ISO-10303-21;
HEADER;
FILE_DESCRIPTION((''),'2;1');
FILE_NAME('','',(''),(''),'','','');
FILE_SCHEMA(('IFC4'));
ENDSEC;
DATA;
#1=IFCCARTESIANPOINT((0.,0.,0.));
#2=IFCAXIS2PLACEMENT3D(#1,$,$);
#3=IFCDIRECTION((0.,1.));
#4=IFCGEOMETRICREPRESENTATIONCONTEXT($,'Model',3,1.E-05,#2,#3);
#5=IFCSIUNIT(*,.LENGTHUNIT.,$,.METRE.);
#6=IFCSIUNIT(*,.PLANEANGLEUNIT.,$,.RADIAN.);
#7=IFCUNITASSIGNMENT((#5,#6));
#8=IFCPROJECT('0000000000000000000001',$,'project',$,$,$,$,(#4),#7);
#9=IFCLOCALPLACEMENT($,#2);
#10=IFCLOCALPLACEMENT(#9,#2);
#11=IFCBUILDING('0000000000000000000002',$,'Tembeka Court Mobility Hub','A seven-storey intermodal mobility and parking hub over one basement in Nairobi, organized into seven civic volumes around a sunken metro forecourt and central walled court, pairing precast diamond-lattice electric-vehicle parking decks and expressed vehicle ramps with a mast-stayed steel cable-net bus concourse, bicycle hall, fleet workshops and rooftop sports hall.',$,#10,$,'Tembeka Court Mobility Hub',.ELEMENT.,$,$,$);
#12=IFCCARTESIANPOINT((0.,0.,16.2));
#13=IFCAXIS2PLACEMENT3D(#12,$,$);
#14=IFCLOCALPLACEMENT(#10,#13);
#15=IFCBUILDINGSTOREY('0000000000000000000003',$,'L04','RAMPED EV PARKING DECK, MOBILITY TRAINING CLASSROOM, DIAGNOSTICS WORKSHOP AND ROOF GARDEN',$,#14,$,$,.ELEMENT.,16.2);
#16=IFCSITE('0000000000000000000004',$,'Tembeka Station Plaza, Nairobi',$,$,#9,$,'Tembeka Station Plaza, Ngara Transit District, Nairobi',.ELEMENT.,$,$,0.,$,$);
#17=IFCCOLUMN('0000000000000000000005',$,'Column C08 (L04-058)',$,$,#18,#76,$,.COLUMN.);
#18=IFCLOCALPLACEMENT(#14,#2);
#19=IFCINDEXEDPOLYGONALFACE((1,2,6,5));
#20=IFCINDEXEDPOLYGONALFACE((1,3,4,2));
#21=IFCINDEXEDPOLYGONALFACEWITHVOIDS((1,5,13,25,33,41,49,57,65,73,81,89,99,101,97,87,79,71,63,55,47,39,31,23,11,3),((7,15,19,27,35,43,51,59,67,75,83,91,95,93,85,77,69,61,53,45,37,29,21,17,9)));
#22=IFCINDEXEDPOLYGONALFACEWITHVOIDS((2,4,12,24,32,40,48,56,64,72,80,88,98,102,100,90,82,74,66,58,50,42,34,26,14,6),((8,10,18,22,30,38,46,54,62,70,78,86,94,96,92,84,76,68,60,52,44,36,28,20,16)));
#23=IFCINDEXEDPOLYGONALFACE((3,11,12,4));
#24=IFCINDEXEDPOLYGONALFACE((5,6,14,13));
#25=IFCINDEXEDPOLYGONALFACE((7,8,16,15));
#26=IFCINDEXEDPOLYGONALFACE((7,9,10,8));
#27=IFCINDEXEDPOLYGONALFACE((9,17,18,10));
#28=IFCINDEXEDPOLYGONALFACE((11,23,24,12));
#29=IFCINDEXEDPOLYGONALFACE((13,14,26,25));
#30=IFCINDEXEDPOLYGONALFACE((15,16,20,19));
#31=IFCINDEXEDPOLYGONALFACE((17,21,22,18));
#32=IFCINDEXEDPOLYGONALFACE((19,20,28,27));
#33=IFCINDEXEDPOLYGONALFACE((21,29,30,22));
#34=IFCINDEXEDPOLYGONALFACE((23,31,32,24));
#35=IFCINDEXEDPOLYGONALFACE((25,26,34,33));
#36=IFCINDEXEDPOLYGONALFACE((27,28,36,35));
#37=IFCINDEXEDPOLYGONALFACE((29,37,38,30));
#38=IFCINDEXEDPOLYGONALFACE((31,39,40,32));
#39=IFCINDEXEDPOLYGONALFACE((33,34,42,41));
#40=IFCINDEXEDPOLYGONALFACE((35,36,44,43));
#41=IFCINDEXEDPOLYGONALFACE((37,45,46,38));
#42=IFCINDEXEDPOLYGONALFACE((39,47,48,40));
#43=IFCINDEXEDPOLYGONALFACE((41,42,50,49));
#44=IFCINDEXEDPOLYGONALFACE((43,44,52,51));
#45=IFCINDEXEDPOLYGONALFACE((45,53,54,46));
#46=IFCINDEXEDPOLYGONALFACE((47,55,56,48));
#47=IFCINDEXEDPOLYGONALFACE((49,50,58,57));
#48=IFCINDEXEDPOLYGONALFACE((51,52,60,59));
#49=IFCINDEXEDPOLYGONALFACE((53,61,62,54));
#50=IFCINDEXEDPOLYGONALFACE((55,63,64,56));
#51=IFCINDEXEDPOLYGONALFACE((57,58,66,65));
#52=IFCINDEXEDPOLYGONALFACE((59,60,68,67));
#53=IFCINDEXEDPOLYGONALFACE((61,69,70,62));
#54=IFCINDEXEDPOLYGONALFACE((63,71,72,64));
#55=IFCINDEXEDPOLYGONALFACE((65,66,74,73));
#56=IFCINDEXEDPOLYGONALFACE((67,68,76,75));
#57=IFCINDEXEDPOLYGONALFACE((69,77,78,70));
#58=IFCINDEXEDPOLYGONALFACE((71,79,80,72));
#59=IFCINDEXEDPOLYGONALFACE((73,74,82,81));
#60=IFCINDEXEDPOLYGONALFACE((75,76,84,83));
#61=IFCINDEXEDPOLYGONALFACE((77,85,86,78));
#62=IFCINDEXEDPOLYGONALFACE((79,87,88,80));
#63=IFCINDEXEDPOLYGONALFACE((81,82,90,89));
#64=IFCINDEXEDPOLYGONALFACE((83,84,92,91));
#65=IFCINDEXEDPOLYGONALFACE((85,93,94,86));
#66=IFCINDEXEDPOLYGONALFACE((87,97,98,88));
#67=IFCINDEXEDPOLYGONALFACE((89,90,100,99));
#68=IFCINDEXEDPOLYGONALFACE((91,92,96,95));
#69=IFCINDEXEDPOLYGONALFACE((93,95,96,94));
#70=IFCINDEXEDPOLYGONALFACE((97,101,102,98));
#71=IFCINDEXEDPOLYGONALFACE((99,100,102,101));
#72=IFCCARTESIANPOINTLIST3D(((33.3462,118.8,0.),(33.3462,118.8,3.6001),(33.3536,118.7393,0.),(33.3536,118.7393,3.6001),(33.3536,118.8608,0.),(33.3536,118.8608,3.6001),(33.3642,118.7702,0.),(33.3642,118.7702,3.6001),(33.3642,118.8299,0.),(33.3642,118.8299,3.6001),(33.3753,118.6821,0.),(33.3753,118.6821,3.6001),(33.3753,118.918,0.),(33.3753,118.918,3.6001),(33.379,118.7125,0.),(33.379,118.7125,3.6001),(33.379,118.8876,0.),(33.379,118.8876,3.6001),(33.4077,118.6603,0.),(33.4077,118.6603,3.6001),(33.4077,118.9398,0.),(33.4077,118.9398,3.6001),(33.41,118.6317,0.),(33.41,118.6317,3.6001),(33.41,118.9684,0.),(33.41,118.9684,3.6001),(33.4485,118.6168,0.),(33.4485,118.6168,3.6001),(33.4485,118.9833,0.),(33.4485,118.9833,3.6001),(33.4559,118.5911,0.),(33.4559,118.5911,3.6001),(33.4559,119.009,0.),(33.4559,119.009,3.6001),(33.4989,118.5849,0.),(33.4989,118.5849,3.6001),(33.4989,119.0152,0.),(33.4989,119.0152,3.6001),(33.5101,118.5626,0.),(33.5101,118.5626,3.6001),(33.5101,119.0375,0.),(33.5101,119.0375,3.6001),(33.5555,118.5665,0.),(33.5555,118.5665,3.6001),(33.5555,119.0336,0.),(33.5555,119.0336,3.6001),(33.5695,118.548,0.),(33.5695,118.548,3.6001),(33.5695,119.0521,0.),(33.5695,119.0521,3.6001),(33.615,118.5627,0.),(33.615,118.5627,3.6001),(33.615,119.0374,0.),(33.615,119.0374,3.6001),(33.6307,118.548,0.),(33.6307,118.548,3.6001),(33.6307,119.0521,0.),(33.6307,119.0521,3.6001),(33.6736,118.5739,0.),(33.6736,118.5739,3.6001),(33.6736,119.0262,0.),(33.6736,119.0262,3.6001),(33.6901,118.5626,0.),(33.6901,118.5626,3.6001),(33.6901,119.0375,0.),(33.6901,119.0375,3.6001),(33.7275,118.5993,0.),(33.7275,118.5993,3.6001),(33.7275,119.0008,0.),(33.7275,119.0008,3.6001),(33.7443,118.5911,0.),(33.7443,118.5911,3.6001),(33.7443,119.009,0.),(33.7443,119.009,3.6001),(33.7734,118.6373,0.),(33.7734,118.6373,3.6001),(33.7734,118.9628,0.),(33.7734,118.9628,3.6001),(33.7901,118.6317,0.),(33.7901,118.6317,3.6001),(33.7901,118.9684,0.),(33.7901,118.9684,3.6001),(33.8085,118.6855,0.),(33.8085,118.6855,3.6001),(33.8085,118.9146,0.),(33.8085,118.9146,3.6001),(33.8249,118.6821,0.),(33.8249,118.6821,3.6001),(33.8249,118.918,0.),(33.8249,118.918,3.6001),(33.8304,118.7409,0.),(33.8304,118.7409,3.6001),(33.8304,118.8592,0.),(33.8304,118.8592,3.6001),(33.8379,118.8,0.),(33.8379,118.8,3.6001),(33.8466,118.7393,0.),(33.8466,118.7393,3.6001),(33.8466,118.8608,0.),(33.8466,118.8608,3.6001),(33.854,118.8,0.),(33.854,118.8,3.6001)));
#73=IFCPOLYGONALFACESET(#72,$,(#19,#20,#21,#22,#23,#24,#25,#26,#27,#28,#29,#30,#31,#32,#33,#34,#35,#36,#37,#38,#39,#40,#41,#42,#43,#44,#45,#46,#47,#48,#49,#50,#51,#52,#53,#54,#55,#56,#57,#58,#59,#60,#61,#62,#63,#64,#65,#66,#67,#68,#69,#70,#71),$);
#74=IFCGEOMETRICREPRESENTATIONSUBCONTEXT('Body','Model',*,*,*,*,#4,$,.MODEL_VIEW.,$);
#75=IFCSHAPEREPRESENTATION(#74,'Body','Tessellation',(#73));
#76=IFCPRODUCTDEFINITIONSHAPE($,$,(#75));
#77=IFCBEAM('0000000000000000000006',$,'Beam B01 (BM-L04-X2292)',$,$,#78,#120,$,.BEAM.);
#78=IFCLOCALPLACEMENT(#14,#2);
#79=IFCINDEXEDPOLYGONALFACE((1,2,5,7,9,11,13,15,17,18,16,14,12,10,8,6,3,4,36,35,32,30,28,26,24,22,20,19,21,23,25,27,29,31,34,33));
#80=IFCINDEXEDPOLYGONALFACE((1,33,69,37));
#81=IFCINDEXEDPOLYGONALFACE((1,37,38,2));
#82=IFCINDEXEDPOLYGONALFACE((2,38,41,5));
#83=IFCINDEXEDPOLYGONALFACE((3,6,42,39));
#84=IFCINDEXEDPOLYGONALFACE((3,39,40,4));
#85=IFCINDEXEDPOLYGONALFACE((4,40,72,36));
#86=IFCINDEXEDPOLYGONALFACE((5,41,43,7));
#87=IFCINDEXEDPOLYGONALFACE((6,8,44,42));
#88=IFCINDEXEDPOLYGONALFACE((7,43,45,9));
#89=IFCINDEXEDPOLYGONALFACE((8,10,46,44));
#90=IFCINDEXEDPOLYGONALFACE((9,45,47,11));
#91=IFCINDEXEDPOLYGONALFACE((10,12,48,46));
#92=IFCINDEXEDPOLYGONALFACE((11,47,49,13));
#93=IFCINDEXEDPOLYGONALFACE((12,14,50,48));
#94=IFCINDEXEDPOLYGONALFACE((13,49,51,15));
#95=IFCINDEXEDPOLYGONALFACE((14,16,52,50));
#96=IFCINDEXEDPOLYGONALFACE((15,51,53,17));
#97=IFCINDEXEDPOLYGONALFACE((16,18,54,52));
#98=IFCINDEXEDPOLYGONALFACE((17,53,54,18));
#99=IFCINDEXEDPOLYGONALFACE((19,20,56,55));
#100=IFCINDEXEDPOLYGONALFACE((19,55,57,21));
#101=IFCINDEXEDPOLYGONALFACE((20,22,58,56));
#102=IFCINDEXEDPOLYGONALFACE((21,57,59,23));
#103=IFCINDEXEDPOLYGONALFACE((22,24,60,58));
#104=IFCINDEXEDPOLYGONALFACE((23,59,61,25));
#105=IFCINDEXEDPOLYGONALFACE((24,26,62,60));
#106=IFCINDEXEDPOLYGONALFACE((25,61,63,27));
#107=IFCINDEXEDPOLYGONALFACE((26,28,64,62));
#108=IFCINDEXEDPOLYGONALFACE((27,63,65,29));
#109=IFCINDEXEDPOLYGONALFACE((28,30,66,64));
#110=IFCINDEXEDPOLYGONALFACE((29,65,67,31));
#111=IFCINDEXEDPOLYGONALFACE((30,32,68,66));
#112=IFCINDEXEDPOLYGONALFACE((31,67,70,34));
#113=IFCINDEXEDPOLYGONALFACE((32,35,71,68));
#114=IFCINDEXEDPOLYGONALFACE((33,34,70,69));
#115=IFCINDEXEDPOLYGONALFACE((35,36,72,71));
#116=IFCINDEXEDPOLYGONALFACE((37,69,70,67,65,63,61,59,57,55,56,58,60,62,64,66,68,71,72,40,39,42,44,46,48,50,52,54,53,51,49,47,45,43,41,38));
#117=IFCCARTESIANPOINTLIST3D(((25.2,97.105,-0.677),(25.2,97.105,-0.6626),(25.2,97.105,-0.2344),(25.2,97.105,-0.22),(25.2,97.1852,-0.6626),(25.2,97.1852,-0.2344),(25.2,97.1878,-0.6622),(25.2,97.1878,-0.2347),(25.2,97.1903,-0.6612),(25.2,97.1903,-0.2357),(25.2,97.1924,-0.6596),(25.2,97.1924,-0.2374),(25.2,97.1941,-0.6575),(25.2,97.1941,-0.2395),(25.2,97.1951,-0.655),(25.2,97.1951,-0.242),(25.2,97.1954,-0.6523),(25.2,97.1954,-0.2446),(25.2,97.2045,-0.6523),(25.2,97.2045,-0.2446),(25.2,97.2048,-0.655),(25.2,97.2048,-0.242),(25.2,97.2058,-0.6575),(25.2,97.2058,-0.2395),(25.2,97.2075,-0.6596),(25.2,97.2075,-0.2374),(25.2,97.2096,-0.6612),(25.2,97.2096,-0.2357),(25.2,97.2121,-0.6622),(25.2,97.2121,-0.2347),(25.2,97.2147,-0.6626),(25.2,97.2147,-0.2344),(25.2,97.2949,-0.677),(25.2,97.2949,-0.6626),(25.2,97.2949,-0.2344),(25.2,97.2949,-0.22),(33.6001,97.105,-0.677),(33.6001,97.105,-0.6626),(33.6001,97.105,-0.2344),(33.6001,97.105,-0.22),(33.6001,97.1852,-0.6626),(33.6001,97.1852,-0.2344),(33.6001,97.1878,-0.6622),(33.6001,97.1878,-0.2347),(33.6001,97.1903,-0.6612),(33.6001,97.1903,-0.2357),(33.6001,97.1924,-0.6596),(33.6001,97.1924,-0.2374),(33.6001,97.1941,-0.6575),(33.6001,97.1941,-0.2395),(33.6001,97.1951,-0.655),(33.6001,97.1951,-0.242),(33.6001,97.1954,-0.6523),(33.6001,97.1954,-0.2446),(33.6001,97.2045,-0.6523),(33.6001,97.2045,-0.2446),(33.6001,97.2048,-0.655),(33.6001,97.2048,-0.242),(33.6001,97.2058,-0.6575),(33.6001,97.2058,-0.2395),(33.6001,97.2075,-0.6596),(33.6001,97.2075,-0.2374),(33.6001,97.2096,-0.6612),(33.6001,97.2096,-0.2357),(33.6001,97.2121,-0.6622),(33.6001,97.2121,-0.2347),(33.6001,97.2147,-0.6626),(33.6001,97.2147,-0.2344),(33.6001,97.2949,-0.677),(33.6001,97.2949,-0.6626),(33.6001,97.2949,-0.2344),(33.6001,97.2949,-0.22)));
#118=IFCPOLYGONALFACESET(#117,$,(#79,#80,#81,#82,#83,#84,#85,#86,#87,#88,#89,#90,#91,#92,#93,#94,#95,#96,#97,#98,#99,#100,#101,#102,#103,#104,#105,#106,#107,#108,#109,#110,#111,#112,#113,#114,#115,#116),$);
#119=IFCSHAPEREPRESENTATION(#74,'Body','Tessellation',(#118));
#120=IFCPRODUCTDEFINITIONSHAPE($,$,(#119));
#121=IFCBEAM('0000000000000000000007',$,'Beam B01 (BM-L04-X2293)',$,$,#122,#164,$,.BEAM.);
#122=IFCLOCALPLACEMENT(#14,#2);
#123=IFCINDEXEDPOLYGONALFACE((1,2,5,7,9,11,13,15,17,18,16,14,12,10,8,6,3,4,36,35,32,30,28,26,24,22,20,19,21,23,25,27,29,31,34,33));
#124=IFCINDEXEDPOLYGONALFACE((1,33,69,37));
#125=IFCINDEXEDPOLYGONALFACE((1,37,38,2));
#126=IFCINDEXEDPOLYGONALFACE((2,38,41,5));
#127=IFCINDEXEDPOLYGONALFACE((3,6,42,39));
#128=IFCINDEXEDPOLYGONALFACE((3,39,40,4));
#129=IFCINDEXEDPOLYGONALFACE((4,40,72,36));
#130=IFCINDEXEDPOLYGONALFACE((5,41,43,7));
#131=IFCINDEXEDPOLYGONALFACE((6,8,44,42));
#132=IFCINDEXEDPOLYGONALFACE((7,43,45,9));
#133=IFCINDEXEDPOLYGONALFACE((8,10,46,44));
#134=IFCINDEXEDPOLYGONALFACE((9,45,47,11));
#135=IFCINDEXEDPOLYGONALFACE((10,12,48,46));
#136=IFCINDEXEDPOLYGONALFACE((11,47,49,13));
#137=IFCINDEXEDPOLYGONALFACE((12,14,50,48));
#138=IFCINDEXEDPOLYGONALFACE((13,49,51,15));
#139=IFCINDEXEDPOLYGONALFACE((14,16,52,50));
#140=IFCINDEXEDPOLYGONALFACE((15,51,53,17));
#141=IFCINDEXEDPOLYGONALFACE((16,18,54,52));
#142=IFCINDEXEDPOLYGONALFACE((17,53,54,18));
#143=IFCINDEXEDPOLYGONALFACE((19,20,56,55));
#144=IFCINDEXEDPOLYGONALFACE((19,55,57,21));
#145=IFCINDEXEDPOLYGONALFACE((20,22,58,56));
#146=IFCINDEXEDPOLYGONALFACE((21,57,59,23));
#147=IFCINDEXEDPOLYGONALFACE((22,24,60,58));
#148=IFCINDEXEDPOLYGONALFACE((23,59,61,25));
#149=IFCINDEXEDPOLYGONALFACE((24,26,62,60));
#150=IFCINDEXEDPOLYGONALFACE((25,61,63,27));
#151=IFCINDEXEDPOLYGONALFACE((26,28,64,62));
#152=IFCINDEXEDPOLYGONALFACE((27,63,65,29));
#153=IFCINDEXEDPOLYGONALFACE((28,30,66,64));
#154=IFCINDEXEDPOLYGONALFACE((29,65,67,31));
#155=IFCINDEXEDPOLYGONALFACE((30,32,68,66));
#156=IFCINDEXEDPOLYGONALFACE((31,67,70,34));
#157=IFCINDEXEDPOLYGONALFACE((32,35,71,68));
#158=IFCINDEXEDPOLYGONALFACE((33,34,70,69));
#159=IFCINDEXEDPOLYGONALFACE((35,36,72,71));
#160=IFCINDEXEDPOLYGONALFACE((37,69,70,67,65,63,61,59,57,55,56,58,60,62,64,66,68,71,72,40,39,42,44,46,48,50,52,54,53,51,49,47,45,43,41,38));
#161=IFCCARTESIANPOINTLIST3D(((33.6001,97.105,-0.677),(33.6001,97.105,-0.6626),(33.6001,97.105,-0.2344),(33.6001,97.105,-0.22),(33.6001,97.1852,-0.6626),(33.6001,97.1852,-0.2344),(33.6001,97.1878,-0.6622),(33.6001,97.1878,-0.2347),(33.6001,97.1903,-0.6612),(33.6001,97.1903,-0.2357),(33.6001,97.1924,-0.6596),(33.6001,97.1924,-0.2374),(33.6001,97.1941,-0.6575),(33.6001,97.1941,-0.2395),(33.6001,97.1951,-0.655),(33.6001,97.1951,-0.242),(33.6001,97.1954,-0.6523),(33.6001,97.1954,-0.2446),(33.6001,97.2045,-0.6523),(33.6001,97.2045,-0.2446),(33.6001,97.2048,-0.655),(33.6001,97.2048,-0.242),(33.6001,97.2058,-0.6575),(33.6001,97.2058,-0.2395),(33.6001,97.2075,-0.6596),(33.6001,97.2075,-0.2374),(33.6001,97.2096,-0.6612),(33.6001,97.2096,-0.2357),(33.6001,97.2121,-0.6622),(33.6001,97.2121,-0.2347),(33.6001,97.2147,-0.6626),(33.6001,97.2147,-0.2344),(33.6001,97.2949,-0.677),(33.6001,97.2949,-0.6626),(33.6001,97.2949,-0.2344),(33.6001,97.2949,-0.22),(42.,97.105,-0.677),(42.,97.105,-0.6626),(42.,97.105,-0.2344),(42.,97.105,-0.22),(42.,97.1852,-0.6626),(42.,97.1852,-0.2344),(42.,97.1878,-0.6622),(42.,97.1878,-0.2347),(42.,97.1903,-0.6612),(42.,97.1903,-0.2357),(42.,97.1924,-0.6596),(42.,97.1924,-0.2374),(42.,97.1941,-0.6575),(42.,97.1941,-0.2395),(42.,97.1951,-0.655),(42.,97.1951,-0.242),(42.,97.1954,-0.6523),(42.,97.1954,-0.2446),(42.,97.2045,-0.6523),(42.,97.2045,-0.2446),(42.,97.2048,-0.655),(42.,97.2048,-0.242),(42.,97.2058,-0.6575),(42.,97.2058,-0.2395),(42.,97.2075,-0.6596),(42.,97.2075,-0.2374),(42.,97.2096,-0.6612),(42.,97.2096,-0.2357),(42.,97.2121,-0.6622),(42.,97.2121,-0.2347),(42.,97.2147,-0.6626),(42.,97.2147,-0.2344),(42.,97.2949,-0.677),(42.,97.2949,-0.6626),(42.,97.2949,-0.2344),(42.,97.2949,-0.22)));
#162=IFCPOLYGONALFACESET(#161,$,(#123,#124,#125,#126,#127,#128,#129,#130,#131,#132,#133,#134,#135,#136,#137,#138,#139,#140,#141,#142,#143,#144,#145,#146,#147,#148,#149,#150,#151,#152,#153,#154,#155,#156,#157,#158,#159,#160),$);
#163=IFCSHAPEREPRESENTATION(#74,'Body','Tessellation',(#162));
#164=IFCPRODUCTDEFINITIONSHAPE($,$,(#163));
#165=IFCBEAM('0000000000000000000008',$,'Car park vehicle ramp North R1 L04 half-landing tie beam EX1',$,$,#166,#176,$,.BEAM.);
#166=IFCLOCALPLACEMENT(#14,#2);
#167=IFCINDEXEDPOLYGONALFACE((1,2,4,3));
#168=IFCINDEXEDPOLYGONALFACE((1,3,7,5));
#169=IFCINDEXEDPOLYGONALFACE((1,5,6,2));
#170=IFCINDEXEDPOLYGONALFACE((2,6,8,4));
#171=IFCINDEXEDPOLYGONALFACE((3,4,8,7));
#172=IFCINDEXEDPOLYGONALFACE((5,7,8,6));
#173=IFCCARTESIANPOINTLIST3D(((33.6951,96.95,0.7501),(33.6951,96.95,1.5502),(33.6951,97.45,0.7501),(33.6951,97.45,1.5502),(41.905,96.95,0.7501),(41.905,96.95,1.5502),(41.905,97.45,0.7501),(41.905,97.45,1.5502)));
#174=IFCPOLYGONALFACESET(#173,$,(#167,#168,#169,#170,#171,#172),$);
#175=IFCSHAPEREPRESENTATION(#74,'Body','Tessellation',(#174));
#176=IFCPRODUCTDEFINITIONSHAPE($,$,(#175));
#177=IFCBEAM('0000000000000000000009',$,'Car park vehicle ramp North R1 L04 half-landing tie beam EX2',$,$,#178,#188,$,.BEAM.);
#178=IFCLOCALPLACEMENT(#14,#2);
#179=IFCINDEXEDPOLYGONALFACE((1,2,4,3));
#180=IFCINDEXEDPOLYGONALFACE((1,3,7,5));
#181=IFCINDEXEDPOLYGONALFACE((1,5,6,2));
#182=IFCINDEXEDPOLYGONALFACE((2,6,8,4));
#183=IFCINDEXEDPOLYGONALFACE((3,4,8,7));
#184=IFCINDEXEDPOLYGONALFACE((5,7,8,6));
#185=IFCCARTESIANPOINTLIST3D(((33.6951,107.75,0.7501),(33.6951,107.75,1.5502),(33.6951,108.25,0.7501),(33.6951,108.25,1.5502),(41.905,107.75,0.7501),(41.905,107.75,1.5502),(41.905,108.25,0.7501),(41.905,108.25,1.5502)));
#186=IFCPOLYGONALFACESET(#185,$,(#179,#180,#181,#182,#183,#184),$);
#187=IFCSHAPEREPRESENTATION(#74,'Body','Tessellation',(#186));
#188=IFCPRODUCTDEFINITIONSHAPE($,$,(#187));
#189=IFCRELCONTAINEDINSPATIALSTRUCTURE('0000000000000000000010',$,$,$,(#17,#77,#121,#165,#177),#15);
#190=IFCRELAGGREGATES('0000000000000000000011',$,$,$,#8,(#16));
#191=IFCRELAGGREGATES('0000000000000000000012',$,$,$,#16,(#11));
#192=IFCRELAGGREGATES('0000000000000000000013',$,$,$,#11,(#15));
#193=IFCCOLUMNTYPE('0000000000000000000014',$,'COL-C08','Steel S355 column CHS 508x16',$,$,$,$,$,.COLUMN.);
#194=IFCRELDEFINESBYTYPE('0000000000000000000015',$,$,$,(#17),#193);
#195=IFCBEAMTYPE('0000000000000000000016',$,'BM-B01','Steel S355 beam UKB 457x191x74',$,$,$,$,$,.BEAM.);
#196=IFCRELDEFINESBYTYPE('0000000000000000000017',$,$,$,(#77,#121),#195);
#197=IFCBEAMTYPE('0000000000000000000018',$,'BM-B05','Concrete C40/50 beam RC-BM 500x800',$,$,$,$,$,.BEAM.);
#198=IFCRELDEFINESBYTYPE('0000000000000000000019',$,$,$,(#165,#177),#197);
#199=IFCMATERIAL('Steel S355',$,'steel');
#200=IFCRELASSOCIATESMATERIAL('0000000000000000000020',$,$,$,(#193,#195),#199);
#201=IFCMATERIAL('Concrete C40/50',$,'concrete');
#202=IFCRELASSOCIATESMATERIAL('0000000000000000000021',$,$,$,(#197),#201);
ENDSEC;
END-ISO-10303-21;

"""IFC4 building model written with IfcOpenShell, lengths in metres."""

from ifc_helpers import new_model, si_unit, direction, frame, origin, origin_2d, place, context, subcontext, project, spatial, rectangle, hollow_circle, i_section, extrude, material, material_profile, profile_set, type_object, element, save


model = new_model("IFC4")

# Units and contexts
model_context = context("Model", 3, precision=1e-05, world=origin(), true_north=direction((0.0, 1.0)))
body_context = subcontext(model_context, "Body", "Model", "MODEL_VIEW")
ifc_project = project(units=[si_unit("LENGTHUNIT", "METRE"), si_unit("PLANEANGLEUNIT", "RADIAN")], contexts=[model_context])

# Site, building, storey
site_placement = place(None, origin())
site = spatial("IfcSite", under=ifc_project, at=site_placement, Name="Tembeka Station Plaza, Nairobi", LongName="Tembeka Station Plaza, Ngara Transit District, Nairobi", CompositionType="ELEMENT", RefElevation=0.0)
building_placement = place(site_placement, origin())
building = spatial("IfcBuilding", under=site, at=building_placement, Name="Tembeka Court Mobility Hub", Description="A seven-storey intermodal mobility and parking hub over one basement in Nairobi, organized into seven civic volumes around a sunken metro forecourt and central walled court, pairing precast diamond-lattice electric-vehicle parking decks and expressed vehicle ramps with a mast-stayed steel cable-net bus concourse, bicycle hall, fleet workshops and rooftop sports hall.", LongName="Tembeka Court Mobility Hub", CompositionType="ELEMENT")
storey_placement = place(building_placement, frame((0.0, 0.0, 16.2)))
storey = spatial("IfcBuildingStorey", under=building, at=storey_placement, Name="L04", Description="RAMPED EV PARKING DECK, MOBILITY TRAINING CLASSROOM, DIAGNOSTICS WORKSHOP AND ROOF GARDEN", CompositionType="ELEMENT", Elevation=16.2)

# Column
ifc_material_1 = material(Name="Steel S355", Category="steel")
ifc_material_profile_1 = material_profile(ifc_material_1, hollow_circle(Radius=0.2539, WallThickness=0.0161, at=origin_2d()), Name="CHS 508x16")
ifc_profile_set_1 = profile_set([ifc_material_profile_1], Name="Steel S355")
column_type_1 = type_object("IfcColumnType", Name="COL-C08", Description="Steel S355 column CHS 508x16", PredefinedType="COLUMN", material=ifc_profile_set_1)
for number, where, z_axis, x_axis, name in (
    (1, (33.6001, 118.8, 0.0), (0.0, 0.0, 1.0), (1.0, 0.0, 0.0), "Column C08 (L04-058)"),
):
    element("IfcColumn", number, at=place(storey_placement, frame(where, z_axis=z_axis, x_axis=x_axis)), inside=storey, type_object=column_type_1, Name=name, PredefinedType="COLUMN", context=body_context, shape_type="SweptSolid", body=[
        extrude(hollow_circle(Radius=0.2539, WallThickness=0.0161, at=origin_2d()), origin(), (0.0, 0.0, 1.0), 3.6001),
    ])

# Beams
ifc_material_profile_2 = material_profile(ifc_material_1, i_section(OverallWidth=0.1899, OverallDepth=0.457, WebThickness=0.009, FlangeThickness=0.0144, FilletRadius=0.0103, at=origin_2d()), Name="UKB 457x191x74")
ifc_profile_set_2 = profile_set([ifc_material_profile_2], Name="Steel S355")
beam_type_1 = type_object("IfcBeamType", Name="BM-B01", Description="Steel S355 beam UKB 457x191x74", PredefinedType="BEAM", material=ifc_profile_set_2)
beam_1_placement = place(storey_placement, frame((25.2, 97.2, -0.4485), z_axis=(1.0, 0.0, 0.0), x_axis=(0.0, 1.0, 0.0)))
element("IfcBeam", 2, at=beam_1_placement, inside=storey, type_object=beam_type_1, Name="Beam B01 (BM-L04-X2292)", PredefinedType="BEAM", context=body_context, shape_type="SweptSolid", body=[
    extrude(i_section(OverallWidth=0.1899, OverallDepth=0.457, WebThickness=0.009, FlangeThickness=0.0144, FilletRadius=0.0103, at=origin_2d()), origin(), (0.0, 0.0, 1.0), 8.4001),
])
beam_2_placement = place(storey_placement, frame((33.6001, 97.2, -0.4485), z_axis=(1.0, 0.0, 0.0), x_axis=(0.0, 1.0, 0.0)))
element("IfcBeam", 3, at=beam_2_placement, inside=storey, type_object=beam_type_1, Name="Beam B01 (BM-L04-X2293)", PredefinedType="BEAM", context=body_context, shape_type="SweptSolid", body=[
    extrude(i_section(OverallWidth=0.1899, OverallDepth=0.457, WebThickness=0.009, FlangeThickness=0.0144, FilletRadius=0.0103, at=origin_2d()), origin(), (0.0, 0.0, 1.0), 8.3999),
])
ifc_material_2 = material(Name="Concrete C40/50", Category="concrete")
ifc_material_profile_3 = material_profile(ifc_material_2, rectangle(XDim=0.5, YDim=0.8, at=origin_2d()), Name="RC-BM 500x800")
ifc_profile_set_3 = profile_set([ifc_material_profile_3], Name="Concrete C40/50")
beam_type_2 = type_object("IfcBeamType", Name="BM-B05", Description="Concrete C40/50 beam RC-BM 500x800", PredefinedType="BEAM", material=ifc_profile_set_3)
for number, where, z_axis, x_axis, name in (
    (4, (33.6951, 97.2, 1.1501), (1.0, 0.0, 0.0), (0.0, 1.0, 0.0), "Car park vehicle ramp North R1 L04 half-landing tie beam EX1"),
    (5, (33.6951, 108.0, 1.1501), (1.0, 0.0, 0.0), (0.0, 1.0, 0.0), "Car park vehicle ramp North R1 L04 half-landing tie beam EX2"),
):
    element("IfcBeam", number, at=place(storey_placement, frame(where, z_axis=z_axis, x_axis=x_axis)), inside=storey, type_object=beam_type_2, Name=name, PredefinedType="BEAM", context=body_context, shape_type="SweptSolid", body=[
        extrude(rectangle(XDim=0.5, YDim=0.8, at=origin_2d()), origin(), (0.0, 0.0, 1.0), 8.21),
    ])

save(model, "model.ifc")
